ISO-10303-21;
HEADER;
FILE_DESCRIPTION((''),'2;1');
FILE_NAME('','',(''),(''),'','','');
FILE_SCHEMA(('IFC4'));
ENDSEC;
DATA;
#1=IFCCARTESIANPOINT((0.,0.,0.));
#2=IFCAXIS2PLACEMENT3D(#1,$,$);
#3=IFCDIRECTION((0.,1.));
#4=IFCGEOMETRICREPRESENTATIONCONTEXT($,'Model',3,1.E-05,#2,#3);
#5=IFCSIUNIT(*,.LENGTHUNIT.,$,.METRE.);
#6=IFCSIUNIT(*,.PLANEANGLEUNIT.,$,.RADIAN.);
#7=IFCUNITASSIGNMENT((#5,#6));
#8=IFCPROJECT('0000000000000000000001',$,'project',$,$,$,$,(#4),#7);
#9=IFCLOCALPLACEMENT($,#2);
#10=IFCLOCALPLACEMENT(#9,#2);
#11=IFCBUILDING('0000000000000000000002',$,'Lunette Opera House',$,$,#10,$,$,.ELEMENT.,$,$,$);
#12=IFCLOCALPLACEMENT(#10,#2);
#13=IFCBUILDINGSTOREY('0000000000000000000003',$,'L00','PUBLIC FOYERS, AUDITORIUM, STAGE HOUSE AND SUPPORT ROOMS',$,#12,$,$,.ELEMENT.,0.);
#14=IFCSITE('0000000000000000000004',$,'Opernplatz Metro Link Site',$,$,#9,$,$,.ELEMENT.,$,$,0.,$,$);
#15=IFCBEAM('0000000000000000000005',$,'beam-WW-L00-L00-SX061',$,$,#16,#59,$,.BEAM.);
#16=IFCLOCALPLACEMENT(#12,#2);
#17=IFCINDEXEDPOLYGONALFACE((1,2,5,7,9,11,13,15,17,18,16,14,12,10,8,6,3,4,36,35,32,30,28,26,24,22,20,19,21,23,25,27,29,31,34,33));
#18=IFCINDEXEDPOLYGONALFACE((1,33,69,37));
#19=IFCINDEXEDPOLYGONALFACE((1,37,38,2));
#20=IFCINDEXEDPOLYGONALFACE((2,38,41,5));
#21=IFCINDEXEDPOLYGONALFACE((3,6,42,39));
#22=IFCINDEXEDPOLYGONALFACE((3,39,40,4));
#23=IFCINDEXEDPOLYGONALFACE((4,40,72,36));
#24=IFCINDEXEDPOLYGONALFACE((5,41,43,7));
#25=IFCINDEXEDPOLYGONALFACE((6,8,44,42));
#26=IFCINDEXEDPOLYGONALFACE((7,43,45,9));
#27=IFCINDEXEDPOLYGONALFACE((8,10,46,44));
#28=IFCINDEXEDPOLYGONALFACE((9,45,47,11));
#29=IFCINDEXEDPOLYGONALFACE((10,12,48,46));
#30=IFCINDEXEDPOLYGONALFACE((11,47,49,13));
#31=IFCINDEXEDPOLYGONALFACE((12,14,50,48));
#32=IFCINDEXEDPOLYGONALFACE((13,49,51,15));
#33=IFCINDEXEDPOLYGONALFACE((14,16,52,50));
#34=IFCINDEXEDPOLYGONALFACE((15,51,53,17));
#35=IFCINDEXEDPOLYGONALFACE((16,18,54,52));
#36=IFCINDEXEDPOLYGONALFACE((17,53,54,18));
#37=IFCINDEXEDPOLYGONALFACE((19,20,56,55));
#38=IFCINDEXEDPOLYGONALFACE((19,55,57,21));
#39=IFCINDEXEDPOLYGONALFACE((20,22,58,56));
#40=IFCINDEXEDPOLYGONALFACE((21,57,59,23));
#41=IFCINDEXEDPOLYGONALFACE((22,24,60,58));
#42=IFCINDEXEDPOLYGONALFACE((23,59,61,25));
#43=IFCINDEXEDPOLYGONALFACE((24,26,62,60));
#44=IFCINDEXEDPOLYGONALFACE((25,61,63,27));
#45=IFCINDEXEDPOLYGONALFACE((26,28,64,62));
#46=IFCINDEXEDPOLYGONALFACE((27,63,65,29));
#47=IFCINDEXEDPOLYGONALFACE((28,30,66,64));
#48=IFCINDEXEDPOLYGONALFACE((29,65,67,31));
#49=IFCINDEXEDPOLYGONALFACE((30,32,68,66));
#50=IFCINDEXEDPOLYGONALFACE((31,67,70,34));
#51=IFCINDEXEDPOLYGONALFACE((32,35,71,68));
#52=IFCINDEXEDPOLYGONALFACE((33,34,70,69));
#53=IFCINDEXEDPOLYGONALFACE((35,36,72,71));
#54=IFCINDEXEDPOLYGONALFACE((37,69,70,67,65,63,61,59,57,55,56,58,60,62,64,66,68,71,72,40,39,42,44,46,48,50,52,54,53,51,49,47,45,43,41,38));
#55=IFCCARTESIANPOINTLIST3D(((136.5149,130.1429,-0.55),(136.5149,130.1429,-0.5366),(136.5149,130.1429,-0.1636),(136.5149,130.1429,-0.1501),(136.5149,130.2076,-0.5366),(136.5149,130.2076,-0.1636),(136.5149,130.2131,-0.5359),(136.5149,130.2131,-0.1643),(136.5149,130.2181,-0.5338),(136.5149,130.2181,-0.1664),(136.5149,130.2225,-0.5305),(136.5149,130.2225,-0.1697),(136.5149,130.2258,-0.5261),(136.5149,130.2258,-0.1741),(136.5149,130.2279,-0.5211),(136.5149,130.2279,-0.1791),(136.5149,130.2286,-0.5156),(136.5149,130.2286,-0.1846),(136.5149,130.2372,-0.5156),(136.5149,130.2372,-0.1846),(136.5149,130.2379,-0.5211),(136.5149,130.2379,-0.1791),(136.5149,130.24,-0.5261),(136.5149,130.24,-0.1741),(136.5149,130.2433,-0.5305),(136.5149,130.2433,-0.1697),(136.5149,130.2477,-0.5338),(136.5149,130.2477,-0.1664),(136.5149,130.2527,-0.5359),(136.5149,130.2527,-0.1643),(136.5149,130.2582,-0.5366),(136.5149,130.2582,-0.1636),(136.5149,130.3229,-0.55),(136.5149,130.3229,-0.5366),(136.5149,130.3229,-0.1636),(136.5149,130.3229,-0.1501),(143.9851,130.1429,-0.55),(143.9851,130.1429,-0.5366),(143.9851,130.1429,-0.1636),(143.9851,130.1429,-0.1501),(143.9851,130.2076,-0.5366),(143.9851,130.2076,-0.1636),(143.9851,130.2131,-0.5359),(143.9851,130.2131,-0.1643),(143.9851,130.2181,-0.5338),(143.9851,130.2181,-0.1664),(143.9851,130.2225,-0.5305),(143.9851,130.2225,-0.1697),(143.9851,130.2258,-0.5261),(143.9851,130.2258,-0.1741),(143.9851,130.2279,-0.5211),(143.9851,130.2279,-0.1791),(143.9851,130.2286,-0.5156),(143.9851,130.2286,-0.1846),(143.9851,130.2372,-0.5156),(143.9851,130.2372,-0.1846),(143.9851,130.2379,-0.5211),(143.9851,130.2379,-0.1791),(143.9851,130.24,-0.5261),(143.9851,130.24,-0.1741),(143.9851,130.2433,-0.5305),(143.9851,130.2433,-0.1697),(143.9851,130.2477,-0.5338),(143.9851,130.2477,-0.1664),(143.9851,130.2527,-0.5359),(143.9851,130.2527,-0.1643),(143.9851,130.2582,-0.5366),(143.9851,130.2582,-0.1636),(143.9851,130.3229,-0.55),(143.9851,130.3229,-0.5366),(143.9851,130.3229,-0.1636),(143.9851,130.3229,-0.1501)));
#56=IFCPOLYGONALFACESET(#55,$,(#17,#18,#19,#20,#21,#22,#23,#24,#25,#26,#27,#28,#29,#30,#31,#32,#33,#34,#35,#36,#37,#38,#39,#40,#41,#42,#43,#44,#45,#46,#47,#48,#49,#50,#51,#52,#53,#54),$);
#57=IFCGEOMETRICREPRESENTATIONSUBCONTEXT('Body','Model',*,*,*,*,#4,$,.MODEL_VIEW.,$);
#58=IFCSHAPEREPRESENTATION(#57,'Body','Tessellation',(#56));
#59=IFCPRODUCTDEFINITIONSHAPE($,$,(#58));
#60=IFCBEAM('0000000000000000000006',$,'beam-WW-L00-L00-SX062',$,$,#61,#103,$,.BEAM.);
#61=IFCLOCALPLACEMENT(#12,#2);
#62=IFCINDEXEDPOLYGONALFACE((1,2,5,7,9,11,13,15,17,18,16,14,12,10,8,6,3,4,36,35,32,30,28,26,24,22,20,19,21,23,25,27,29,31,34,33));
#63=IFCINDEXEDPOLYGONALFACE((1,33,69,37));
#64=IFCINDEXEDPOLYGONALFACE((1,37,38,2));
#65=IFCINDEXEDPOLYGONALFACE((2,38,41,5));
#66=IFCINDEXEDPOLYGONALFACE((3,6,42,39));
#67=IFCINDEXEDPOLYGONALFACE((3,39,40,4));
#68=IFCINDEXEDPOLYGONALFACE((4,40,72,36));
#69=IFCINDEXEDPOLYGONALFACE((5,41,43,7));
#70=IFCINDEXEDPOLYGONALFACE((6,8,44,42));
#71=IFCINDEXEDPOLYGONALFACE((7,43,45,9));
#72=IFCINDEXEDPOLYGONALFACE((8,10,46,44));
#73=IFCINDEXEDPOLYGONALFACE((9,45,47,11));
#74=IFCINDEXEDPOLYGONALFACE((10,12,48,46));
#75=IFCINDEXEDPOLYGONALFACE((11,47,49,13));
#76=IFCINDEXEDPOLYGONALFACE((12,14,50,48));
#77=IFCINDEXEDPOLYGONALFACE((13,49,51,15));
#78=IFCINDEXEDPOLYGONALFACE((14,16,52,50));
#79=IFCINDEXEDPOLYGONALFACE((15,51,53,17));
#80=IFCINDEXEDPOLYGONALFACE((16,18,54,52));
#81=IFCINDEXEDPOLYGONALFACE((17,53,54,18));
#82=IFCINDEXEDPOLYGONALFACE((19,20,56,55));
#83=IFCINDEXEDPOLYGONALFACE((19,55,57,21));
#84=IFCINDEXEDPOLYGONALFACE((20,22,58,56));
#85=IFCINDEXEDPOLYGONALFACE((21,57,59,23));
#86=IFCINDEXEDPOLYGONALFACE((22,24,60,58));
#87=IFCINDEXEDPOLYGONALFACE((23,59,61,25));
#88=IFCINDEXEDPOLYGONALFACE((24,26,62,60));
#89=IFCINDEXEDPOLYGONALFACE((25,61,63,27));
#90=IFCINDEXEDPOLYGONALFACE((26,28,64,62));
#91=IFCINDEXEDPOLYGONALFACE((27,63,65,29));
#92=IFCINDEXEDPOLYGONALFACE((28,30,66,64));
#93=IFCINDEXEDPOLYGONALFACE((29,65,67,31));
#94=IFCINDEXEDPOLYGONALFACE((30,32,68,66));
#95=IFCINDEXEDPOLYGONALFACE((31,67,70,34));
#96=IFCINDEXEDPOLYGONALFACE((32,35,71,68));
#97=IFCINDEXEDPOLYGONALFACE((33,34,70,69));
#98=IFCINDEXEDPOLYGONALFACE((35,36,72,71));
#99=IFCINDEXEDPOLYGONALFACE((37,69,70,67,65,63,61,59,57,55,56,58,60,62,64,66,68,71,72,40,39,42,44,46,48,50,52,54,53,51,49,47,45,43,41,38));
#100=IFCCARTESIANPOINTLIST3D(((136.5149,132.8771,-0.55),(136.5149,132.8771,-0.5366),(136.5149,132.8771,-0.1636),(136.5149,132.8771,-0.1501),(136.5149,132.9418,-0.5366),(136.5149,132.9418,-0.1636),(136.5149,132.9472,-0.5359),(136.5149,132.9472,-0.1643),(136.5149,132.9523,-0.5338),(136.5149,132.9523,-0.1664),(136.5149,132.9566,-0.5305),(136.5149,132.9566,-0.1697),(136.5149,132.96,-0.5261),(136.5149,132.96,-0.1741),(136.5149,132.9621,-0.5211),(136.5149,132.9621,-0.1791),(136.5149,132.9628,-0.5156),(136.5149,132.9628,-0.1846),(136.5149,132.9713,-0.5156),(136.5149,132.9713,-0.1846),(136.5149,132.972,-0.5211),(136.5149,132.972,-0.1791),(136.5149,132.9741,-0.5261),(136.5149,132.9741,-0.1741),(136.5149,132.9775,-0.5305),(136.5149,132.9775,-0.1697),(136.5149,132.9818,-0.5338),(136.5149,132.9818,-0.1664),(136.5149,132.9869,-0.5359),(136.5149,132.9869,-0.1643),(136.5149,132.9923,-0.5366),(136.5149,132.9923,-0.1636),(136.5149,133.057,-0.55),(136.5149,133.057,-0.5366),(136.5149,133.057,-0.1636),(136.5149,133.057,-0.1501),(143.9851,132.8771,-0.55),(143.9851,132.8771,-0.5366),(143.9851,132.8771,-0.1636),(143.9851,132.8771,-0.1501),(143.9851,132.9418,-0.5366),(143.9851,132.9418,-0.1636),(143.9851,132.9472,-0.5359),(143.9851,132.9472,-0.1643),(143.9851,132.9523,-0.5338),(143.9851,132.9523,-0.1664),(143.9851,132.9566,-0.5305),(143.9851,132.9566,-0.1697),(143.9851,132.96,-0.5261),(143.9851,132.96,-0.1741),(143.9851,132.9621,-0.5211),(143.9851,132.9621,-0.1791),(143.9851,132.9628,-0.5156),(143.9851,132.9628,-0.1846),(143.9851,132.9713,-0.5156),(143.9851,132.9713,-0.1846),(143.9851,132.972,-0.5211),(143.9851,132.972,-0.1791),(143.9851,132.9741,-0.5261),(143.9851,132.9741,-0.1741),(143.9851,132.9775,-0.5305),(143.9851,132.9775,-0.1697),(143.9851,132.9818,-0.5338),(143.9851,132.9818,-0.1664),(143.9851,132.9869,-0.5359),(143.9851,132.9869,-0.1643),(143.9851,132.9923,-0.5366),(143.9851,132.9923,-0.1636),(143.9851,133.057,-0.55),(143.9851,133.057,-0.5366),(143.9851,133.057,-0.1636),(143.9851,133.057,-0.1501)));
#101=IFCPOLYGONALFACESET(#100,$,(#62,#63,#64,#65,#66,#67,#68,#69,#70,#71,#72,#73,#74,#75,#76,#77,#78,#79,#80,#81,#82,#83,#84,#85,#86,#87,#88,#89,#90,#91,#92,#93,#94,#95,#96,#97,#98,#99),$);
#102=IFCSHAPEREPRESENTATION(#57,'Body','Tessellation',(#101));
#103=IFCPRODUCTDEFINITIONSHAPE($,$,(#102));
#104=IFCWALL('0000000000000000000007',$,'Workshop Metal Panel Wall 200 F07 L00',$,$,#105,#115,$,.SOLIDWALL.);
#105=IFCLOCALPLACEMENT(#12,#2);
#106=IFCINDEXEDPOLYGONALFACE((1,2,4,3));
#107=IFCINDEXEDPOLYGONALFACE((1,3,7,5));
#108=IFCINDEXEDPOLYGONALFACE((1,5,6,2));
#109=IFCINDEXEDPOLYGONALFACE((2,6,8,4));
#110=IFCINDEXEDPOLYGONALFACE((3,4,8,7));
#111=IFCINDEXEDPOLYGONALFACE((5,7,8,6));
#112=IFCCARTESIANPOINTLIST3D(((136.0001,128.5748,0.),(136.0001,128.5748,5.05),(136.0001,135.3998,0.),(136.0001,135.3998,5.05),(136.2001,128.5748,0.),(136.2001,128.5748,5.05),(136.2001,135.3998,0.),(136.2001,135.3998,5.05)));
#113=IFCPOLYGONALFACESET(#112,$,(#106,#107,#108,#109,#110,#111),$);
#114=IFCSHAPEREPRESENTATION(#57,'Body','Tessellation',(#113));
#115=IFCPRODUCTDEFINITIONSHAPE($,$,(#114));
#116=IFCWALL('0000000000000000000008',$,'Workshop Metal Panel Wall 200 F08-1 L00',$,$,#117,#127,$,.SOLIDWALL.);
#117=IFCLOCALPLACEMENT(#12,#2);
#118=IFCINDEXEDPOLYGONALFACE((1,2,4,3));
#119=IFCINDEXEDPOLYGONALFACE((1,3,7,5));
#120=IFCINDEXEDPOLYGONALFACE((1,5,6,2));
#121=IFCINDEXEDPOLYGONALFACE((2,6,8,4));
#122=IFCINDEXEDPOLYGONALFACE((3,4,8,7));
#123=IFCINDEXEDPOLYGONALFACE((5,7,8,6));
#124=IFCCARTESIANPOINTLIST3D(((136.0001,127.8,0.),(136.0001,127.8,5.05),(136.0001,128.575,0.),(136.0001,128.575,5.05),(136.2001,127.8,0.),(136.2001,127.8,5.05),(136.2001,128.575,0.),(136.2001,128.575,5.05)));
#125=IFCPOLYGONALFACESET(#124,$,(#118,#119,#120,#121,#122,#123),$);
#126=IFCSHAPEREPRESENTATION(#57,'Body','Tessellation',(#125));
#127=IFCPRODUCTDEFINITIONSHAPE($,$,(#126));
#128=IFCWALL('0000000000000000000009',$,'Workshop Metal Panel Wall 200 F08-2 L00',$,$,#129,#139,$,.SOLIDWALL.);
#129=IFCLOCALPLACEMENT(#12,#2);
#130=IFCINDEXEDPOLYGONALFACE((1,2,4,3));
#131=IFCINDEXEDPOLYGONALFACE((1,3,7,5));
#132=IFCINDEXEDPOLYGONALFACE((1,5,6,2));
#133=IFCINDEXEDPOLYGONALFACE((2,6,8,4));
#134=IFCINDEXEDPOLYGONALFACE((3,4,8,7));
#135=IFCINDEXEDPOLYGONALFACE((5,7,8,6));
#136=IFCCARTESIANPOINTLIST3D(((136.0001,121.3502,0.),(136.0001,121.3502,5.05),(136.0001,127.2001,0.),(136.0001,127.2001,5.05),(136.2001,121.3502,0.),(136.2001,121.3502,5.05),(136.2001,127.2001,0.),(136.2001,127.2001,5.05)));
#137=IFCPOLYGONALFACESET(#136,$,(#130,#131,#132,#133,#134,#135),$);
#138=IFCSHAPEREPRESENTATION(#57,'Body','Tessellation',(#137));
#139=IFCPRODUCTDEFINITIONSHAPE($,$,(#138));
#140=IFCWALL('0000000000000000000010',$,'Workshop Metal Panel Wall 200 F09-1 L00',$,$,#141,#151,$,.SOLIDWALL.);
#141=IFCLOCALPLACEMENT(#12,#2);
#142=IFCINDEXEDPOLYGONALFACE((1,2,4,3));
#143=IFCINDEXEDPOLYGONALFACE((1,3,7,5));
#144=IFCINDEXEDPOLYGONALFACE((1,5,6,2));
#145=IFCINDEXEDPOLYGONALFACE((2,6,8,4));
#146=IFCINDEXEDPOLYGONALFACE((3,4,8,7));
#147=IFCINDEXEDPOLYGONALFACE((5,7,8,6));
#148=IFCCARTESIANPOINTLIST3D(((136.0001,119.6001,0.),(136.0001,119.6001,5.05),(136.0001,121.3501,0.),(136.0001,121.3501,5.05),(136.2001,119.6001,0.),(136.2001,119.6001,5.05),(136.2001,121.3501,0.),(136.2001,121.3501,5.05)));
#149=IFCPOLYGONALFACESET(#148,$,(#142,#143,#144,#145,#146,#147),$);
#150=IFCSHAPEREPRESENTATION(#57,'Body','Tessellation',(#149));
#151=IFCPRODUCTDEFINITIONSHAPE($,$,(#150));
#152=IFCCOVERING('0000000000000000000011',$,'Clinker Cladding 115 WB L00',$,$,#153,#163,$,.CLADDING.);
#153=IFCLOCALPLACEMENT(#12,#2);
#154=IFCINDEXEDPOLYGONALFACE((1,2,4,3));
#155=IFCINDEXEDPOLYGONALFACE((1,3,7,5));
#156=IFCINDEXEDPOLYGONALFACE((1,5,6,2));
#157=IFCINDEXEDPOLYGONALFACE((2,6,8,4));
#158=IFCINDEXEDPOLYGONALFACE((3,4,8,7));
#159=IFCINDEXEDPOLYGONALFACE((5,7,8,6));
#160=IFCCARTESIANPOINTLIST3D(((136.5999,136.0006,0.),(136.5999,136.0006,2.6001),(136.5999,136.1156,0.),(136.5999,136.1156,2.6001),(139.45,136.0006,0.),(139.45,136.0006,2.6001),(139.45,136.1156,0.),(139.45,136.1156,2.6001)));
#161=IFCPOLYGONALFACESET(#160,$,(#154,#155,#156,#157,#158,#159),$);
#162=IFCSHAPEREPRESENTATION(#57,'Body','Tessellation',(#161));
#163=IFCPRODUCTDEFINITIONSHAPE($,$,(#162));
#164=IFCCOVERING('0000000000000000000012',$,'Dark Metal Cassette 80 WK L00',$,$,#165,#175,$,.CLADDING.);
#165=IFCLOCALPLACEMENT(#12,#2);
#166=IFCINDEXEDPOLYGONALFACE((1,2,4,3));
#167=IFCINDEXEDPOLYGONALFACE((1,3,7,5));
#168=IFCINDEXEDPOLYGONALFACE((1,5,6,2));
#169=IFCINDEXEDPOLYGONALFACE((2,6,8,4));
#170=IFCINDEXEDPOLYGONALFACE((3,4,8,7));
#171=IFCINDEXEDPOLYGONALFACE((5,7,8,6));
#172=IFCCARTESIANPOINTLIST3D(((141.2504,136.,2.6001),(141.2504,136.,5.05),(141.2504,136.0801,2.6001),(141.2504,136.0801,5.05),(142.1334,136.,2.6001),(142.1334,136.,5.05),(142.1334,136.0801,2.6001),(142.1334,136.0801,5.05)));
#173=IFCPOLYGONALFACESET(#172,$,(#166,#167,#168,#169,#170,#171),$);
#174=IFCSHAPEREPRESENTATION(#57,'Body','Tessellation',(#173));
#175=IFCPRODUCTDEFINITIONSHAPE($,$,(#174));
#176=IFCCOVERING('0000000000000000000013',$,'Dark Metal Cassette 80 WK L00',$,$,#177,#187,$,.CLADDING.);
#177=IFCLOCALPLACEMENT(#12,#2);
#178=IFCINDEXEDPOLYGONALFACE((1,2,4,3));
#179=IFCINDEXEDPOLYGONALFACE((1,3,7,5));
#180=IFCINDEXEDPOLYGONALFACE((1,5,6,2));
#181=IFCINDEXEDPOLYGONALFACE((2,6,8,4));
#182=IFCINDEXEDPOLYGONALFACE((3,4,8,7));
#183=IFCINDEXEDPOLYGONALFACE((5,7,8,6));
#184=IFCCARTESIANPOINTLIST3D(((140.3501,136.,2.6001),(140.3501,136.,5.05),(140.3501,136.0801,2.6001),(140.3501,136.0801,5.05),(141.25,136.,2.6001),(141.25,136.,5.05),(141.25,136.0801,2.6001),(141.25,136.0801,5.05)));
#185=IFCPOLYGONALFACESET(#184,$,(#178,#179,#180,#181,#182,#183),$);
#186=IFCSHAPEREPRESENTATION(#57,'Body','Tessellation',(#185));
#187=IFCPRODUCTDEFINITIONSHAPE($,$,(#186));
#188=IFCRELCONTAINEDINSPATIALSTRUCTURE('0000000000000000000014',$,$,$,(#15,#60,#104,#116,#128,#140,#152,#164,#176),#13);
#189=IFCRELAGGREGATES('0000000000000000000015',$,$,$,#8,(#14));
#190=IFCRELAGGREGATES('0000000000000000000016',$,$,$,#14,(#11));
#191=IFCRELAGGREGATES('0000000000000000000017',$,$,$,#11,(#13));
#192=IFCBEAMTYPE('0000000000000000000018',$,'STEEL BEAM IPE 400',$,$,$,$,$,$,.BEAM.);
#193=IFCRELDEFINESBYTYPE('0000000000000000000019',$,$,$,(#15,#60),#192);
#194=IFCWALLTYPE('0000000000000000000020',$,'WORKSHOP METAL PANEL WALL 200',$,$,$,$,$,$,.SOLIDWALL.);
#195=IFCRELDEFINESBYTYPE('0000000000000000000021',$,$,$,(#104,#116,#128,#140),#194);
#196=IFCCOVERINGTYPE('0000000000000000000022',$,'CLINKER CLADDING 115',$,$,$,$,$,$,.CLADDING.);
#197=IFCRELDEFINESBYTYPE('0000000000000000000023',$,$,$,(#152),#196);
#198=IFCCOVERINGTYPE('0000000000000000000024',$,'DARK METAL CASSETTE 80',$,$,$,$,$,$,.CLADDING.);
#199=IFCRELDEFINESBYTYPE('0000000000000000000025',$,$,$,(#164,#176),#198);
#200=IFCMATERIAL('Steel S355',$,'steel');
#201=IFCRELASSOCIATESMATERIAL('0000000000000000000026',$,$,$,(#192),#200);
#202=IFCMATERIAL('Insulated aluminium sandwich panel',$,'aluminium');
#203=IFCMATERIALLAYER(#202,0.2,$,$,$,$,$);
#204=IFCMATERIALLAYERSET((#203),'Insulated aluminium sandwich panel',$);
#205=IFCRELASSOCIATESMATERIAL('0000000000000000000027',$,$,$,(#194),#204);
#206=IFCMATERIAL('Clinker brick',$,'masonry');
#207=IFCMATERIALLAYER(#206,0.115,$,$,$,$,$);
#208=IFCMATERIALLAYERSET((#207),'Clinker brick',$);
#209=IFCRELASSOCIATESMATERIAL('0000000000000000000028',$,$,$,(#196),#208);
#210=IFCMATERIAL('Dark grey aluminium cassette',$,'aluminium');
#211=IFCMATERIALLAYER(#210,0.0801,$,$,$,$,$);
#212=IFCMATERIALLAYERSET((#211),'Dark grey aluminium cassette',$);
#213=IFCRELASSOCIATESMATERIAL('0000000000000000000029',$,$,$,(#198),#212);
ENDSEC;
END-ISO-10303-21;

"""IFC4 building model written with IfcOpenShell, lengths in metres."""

from ifc_helpers import new_model, si_unit, direction, frame, frame_2d, origin, origin_2d, place, context, subcontext, project, spatial, rectangle, i_section, extrude, material, layer, layer_set, material_profile, profile_set, type_object, element, save


model = new_model("IFC4")

# Units and contexts
model_context = context("Model", 3, precision=1e-05, world=origin(), true_north=direction((0.0, 1.0)))
body_context = subcontext(model_context, "Body", "Model", "MODEL_VIEW")
ifc_project = project(units=[si_unit("LENGTHUNIT", "METRE"), si_unit("PLANEANGLEUNIT", "RADIAN")], contexts=[model_context])

# Site, building, storey
site_placement = place(None, origin())
site = spatial("IfcSite", under=ifc_project, at=site_placement, Name="Opernplatz Metro Link Site", CompositionType="ELEMENT", RefElevation=0.0)
building_placement = place(site_placement, origin())
building = spatial("IfcBuilding", under=site, at=building_placement, Name="Lunette Opera House", CompositionType="ELEMENT")
storey_placement = place(building_placement, origin())
storey = spatial("IfcBuildingStorey", under=building, at=storey_placement, Name="L00", Description="PUBLIC FOYERS, AUDITORIUM, STAGE HOUSE AND SUPPORT ROOMS", CompositionType="ELEMENT", Elevation=0.0)

# Beams
ifc_material_1 = material(Name="Steel S355", Category="steel")
ifc_material_profile_1 = material_profile(ifc_material_1, i_section(OverallWidth=0.1799, OverallDepth=0.3999, WebThickness=0.0085, FlangeThickness=0.0134, FilletRadius=0.021, at=origin_2d()), Name="IPE 400")
ifc_profile_set_1 = profile_set([ifc_material_profile_1], Name="Steel S355")
beam_type_1 = type_object("IfcBeamType", Name="STEEL BEAM IPE 400", PredefinedType="BEAM", material=ifc_profile_set_1)
for number, where, z_axis, x_axis, name in (
    (1, (136.5149, 130.2329, -0.3501), (1.0, 0.0, 0.0), (0.0, 1.0, 0.0), "beam-WW-L00-L00-SX061"),
    (2, (136.5149, 132.967, -0.3501), (1.0, 0.0, 0.0), (0.0, 1.0, 0.0), "beam-WW-L00-L00-SX062"),
):
    element("IfcBeam", number, at=place(storey_placement, frame(where, z_axis=z_axis, x_axis=x_axis)), inside=storey, type_object=beam_type_1, Name=name, PredefinedType="BEAM", context=body_context, shape_type="SweptSolid", body=[
        extrude(i_section(OverallWidth=0.1799, OverallDepth=0.3999, WebThickness=0.0085, FlangeThickness=0.0134, FilletRadius=0.021, at=origin_2d()), origin(), (0.0, 0.0, 1.0), 7.4702),
    ])

# Walls
ifc_material_2 = material(Name="Insulated aluminium sandwich panel", Category="aluminium")
ifc_layer_1 = layer(ifc_material_2, 0.2)
ifc_layer_set_1 = layer_set([ifc_layer_1], Name="Insulated aluminium sandwich panel")
wall_type = type_object("IfcWallType", Name="WORKSHOP METAL PANEL WALL 200", PredefinedType="SOLIDWALL", material=ifc_layer_set_1)
wall_1_placement = place(storey_placement, frame((136.1001, 135.3999, 0.0), z_axis=(0.0, 0.0, 1.0), x_axis=(0.0, -1.0, 0.0)))
element("IfcWall", 3, at=wall_1_placement, inside=storey, type_object=wall_type, Name="Workshop Metal Panel Wall 200 F07 L00", PredefinedType="SOLIDWALL", context=body_context, shape_type="SweptSolid", body=[
    extrude(rectangle(XDim=6.825, YDim=0.2, at=frame_2d((3.4126, 0.0))), origin(), (0.0, 0.0, 1.0), 5.05),
])
wall_2_placement = place(storey_placement, frame((136.1001, 128.575, 0.0), z_axis=(0.0, 0.0, 1.0), x_axis=(0.0, -1.0, 0.0)))
element("IfcWall", 4, at=wall_2_placement, inside=storey, type_object=wall_type, Name="Workshop Metal Panel Wall 200 F08-1 L00", PredefinedType="SOLIDWALL", context=body_context, shape_type="SweptSolid", body=[
    extrude(rectangle(XDim=0.7749, YDim=0.2, at=frame_2d((0.3875, 0.0))), origin(), (0.0, 0.0, 1.0), 5.05),
])
wall_3_placement = place(storey_placement, frame((136.1001, 127.2, 0.0), z_axis=(0.0, 0.0, 1.0), x_axis=(0.0, -1.0, 0.0)))
element("IfcWall", 5, at=wall_3_placement, inside=storey, type_object=wall_type, Name="Workshop Metal Panel Wall 200 F08-2 L00", PredefinedType="SOLIDWALL", context=body_context, shape_type="SweptSolid", body=[
    extrude(rectangle(XDim=5.8499, YDim=0.2, at=frame_2d((2.9248, 0.0))), origin(), (0.0, 0.0, 1.0), 5.05),
])
wall_4_placement = place(storey_placement, frame((136.1001, 121.3501, 0.0), z_axis=(0.0, 0.0, 1.0), x_axis=(0.0, -1.0, 0.0)))
element("IfcWall", 6, at=wall_4_placement, inside=storey, type_object=wall_type, Name="Workshop Metal Panel Wall 200 F09-1 L00", PredefinedType="SOLIDWALL", context=body_context, shape_type="SweptSolid", body=[
    extrude(rectangle(XDim=1.75, YDim=0.2, at=frame_2d((0.875, 0.0))), origin(), (0.0, 0.0, 1.0), 5.05),
])

# Coverings
ifc_material_3 = material(Name="Clinker brick", Category="masonry")
ifc_layer_2 = layer(ifc_material_3, 0.115)
ifc_layer_set_2 = layer_set([ifc_layer_2], Name="Clinker brick")
covering_type_1 = type_object("IfcCoveringType", Name="CLINKER CLADDING 115", PredefinedType="CLADDING", material=ifc_layer_set_2)
covering_1_placement = place(storey_placement, frame((138.0249, 136.0581, 0.0), z_axis=(0.0, 0.0, 1.0), x_axis=(-1.0, 0.0, 0.0)))
element("IfcCovering", 7, at=covering_1_placement, inside=storey, type_object=covering_type_1, Name="Clinker Cladding 115 WB L00", PredefinedType="CLADDING", context=body_context, shape_type="SweptSolid", body=[
    extrude(rectangle(XDim=2.8501, YDim=0.115, at=origin_2d()), origin(), (0.0, 0.0, 1.0), 2.6001),
])
ifc_material_4 = material(Name="Dark grey aluminium cassette", Category="aluminium")
ifc_layer_3 = layer(ifc_material_4, 0.0801)
ifc_layer_set_3 = layer_set([ifc_layer_3], Name="Dark grey aluminium cassette")
covering_type_2 = type_object("IfcCoveringType", Name="DARK METAL CASSETTE 80", PredefinedType="CLADDING", material=ifc_layer_set_3)
covering_2_placement = place(storey_placement, frame((141.6919, 136.04, 2.6001), z_axis=(0.0, 0.0, 1.0), x_axis=(-1.0, 0.0, 0.0)))
element("IfcCovering", 8, at=covering_2_placement, inside=storey, type_object=covering_type_2, Name="Dark Metal Cassette 80 WK L00", PredefinedType="CLADDING", context=body_context, shape_type="SweptSolid", body=[
    extrude(rectangle(XDim=0.8831, YDim=0.0801, at=origin_2d()), origin(), (0.0, 0.0, 1.0), 2.45),
])
for number, where, z_axis, x_axis, name in (
    (9, (140.8, 136.04, 2.6001), (0.0, 0.0, 1.0), (-1.0, 0.0, 0.0), "Dark Metal Cassette 80 WK L00"),
):
    element("IfcCovering", number, at=place(storey_placement, frame(where, z_axis=z_axis, x_axis=x_axis)), inside=storey, type_object=covering_type_2, Name=name, PredefinedType="CLADDING", context=body_context, shape_type="SweptSolid", body=[
        extrude(rectangle(XDim=0.8999, YDim=0.0801, at=origin_2d()), origin(), (0.0, 0.0, 1.0), 2.45),
    ])

save(model, "model.ifc")
